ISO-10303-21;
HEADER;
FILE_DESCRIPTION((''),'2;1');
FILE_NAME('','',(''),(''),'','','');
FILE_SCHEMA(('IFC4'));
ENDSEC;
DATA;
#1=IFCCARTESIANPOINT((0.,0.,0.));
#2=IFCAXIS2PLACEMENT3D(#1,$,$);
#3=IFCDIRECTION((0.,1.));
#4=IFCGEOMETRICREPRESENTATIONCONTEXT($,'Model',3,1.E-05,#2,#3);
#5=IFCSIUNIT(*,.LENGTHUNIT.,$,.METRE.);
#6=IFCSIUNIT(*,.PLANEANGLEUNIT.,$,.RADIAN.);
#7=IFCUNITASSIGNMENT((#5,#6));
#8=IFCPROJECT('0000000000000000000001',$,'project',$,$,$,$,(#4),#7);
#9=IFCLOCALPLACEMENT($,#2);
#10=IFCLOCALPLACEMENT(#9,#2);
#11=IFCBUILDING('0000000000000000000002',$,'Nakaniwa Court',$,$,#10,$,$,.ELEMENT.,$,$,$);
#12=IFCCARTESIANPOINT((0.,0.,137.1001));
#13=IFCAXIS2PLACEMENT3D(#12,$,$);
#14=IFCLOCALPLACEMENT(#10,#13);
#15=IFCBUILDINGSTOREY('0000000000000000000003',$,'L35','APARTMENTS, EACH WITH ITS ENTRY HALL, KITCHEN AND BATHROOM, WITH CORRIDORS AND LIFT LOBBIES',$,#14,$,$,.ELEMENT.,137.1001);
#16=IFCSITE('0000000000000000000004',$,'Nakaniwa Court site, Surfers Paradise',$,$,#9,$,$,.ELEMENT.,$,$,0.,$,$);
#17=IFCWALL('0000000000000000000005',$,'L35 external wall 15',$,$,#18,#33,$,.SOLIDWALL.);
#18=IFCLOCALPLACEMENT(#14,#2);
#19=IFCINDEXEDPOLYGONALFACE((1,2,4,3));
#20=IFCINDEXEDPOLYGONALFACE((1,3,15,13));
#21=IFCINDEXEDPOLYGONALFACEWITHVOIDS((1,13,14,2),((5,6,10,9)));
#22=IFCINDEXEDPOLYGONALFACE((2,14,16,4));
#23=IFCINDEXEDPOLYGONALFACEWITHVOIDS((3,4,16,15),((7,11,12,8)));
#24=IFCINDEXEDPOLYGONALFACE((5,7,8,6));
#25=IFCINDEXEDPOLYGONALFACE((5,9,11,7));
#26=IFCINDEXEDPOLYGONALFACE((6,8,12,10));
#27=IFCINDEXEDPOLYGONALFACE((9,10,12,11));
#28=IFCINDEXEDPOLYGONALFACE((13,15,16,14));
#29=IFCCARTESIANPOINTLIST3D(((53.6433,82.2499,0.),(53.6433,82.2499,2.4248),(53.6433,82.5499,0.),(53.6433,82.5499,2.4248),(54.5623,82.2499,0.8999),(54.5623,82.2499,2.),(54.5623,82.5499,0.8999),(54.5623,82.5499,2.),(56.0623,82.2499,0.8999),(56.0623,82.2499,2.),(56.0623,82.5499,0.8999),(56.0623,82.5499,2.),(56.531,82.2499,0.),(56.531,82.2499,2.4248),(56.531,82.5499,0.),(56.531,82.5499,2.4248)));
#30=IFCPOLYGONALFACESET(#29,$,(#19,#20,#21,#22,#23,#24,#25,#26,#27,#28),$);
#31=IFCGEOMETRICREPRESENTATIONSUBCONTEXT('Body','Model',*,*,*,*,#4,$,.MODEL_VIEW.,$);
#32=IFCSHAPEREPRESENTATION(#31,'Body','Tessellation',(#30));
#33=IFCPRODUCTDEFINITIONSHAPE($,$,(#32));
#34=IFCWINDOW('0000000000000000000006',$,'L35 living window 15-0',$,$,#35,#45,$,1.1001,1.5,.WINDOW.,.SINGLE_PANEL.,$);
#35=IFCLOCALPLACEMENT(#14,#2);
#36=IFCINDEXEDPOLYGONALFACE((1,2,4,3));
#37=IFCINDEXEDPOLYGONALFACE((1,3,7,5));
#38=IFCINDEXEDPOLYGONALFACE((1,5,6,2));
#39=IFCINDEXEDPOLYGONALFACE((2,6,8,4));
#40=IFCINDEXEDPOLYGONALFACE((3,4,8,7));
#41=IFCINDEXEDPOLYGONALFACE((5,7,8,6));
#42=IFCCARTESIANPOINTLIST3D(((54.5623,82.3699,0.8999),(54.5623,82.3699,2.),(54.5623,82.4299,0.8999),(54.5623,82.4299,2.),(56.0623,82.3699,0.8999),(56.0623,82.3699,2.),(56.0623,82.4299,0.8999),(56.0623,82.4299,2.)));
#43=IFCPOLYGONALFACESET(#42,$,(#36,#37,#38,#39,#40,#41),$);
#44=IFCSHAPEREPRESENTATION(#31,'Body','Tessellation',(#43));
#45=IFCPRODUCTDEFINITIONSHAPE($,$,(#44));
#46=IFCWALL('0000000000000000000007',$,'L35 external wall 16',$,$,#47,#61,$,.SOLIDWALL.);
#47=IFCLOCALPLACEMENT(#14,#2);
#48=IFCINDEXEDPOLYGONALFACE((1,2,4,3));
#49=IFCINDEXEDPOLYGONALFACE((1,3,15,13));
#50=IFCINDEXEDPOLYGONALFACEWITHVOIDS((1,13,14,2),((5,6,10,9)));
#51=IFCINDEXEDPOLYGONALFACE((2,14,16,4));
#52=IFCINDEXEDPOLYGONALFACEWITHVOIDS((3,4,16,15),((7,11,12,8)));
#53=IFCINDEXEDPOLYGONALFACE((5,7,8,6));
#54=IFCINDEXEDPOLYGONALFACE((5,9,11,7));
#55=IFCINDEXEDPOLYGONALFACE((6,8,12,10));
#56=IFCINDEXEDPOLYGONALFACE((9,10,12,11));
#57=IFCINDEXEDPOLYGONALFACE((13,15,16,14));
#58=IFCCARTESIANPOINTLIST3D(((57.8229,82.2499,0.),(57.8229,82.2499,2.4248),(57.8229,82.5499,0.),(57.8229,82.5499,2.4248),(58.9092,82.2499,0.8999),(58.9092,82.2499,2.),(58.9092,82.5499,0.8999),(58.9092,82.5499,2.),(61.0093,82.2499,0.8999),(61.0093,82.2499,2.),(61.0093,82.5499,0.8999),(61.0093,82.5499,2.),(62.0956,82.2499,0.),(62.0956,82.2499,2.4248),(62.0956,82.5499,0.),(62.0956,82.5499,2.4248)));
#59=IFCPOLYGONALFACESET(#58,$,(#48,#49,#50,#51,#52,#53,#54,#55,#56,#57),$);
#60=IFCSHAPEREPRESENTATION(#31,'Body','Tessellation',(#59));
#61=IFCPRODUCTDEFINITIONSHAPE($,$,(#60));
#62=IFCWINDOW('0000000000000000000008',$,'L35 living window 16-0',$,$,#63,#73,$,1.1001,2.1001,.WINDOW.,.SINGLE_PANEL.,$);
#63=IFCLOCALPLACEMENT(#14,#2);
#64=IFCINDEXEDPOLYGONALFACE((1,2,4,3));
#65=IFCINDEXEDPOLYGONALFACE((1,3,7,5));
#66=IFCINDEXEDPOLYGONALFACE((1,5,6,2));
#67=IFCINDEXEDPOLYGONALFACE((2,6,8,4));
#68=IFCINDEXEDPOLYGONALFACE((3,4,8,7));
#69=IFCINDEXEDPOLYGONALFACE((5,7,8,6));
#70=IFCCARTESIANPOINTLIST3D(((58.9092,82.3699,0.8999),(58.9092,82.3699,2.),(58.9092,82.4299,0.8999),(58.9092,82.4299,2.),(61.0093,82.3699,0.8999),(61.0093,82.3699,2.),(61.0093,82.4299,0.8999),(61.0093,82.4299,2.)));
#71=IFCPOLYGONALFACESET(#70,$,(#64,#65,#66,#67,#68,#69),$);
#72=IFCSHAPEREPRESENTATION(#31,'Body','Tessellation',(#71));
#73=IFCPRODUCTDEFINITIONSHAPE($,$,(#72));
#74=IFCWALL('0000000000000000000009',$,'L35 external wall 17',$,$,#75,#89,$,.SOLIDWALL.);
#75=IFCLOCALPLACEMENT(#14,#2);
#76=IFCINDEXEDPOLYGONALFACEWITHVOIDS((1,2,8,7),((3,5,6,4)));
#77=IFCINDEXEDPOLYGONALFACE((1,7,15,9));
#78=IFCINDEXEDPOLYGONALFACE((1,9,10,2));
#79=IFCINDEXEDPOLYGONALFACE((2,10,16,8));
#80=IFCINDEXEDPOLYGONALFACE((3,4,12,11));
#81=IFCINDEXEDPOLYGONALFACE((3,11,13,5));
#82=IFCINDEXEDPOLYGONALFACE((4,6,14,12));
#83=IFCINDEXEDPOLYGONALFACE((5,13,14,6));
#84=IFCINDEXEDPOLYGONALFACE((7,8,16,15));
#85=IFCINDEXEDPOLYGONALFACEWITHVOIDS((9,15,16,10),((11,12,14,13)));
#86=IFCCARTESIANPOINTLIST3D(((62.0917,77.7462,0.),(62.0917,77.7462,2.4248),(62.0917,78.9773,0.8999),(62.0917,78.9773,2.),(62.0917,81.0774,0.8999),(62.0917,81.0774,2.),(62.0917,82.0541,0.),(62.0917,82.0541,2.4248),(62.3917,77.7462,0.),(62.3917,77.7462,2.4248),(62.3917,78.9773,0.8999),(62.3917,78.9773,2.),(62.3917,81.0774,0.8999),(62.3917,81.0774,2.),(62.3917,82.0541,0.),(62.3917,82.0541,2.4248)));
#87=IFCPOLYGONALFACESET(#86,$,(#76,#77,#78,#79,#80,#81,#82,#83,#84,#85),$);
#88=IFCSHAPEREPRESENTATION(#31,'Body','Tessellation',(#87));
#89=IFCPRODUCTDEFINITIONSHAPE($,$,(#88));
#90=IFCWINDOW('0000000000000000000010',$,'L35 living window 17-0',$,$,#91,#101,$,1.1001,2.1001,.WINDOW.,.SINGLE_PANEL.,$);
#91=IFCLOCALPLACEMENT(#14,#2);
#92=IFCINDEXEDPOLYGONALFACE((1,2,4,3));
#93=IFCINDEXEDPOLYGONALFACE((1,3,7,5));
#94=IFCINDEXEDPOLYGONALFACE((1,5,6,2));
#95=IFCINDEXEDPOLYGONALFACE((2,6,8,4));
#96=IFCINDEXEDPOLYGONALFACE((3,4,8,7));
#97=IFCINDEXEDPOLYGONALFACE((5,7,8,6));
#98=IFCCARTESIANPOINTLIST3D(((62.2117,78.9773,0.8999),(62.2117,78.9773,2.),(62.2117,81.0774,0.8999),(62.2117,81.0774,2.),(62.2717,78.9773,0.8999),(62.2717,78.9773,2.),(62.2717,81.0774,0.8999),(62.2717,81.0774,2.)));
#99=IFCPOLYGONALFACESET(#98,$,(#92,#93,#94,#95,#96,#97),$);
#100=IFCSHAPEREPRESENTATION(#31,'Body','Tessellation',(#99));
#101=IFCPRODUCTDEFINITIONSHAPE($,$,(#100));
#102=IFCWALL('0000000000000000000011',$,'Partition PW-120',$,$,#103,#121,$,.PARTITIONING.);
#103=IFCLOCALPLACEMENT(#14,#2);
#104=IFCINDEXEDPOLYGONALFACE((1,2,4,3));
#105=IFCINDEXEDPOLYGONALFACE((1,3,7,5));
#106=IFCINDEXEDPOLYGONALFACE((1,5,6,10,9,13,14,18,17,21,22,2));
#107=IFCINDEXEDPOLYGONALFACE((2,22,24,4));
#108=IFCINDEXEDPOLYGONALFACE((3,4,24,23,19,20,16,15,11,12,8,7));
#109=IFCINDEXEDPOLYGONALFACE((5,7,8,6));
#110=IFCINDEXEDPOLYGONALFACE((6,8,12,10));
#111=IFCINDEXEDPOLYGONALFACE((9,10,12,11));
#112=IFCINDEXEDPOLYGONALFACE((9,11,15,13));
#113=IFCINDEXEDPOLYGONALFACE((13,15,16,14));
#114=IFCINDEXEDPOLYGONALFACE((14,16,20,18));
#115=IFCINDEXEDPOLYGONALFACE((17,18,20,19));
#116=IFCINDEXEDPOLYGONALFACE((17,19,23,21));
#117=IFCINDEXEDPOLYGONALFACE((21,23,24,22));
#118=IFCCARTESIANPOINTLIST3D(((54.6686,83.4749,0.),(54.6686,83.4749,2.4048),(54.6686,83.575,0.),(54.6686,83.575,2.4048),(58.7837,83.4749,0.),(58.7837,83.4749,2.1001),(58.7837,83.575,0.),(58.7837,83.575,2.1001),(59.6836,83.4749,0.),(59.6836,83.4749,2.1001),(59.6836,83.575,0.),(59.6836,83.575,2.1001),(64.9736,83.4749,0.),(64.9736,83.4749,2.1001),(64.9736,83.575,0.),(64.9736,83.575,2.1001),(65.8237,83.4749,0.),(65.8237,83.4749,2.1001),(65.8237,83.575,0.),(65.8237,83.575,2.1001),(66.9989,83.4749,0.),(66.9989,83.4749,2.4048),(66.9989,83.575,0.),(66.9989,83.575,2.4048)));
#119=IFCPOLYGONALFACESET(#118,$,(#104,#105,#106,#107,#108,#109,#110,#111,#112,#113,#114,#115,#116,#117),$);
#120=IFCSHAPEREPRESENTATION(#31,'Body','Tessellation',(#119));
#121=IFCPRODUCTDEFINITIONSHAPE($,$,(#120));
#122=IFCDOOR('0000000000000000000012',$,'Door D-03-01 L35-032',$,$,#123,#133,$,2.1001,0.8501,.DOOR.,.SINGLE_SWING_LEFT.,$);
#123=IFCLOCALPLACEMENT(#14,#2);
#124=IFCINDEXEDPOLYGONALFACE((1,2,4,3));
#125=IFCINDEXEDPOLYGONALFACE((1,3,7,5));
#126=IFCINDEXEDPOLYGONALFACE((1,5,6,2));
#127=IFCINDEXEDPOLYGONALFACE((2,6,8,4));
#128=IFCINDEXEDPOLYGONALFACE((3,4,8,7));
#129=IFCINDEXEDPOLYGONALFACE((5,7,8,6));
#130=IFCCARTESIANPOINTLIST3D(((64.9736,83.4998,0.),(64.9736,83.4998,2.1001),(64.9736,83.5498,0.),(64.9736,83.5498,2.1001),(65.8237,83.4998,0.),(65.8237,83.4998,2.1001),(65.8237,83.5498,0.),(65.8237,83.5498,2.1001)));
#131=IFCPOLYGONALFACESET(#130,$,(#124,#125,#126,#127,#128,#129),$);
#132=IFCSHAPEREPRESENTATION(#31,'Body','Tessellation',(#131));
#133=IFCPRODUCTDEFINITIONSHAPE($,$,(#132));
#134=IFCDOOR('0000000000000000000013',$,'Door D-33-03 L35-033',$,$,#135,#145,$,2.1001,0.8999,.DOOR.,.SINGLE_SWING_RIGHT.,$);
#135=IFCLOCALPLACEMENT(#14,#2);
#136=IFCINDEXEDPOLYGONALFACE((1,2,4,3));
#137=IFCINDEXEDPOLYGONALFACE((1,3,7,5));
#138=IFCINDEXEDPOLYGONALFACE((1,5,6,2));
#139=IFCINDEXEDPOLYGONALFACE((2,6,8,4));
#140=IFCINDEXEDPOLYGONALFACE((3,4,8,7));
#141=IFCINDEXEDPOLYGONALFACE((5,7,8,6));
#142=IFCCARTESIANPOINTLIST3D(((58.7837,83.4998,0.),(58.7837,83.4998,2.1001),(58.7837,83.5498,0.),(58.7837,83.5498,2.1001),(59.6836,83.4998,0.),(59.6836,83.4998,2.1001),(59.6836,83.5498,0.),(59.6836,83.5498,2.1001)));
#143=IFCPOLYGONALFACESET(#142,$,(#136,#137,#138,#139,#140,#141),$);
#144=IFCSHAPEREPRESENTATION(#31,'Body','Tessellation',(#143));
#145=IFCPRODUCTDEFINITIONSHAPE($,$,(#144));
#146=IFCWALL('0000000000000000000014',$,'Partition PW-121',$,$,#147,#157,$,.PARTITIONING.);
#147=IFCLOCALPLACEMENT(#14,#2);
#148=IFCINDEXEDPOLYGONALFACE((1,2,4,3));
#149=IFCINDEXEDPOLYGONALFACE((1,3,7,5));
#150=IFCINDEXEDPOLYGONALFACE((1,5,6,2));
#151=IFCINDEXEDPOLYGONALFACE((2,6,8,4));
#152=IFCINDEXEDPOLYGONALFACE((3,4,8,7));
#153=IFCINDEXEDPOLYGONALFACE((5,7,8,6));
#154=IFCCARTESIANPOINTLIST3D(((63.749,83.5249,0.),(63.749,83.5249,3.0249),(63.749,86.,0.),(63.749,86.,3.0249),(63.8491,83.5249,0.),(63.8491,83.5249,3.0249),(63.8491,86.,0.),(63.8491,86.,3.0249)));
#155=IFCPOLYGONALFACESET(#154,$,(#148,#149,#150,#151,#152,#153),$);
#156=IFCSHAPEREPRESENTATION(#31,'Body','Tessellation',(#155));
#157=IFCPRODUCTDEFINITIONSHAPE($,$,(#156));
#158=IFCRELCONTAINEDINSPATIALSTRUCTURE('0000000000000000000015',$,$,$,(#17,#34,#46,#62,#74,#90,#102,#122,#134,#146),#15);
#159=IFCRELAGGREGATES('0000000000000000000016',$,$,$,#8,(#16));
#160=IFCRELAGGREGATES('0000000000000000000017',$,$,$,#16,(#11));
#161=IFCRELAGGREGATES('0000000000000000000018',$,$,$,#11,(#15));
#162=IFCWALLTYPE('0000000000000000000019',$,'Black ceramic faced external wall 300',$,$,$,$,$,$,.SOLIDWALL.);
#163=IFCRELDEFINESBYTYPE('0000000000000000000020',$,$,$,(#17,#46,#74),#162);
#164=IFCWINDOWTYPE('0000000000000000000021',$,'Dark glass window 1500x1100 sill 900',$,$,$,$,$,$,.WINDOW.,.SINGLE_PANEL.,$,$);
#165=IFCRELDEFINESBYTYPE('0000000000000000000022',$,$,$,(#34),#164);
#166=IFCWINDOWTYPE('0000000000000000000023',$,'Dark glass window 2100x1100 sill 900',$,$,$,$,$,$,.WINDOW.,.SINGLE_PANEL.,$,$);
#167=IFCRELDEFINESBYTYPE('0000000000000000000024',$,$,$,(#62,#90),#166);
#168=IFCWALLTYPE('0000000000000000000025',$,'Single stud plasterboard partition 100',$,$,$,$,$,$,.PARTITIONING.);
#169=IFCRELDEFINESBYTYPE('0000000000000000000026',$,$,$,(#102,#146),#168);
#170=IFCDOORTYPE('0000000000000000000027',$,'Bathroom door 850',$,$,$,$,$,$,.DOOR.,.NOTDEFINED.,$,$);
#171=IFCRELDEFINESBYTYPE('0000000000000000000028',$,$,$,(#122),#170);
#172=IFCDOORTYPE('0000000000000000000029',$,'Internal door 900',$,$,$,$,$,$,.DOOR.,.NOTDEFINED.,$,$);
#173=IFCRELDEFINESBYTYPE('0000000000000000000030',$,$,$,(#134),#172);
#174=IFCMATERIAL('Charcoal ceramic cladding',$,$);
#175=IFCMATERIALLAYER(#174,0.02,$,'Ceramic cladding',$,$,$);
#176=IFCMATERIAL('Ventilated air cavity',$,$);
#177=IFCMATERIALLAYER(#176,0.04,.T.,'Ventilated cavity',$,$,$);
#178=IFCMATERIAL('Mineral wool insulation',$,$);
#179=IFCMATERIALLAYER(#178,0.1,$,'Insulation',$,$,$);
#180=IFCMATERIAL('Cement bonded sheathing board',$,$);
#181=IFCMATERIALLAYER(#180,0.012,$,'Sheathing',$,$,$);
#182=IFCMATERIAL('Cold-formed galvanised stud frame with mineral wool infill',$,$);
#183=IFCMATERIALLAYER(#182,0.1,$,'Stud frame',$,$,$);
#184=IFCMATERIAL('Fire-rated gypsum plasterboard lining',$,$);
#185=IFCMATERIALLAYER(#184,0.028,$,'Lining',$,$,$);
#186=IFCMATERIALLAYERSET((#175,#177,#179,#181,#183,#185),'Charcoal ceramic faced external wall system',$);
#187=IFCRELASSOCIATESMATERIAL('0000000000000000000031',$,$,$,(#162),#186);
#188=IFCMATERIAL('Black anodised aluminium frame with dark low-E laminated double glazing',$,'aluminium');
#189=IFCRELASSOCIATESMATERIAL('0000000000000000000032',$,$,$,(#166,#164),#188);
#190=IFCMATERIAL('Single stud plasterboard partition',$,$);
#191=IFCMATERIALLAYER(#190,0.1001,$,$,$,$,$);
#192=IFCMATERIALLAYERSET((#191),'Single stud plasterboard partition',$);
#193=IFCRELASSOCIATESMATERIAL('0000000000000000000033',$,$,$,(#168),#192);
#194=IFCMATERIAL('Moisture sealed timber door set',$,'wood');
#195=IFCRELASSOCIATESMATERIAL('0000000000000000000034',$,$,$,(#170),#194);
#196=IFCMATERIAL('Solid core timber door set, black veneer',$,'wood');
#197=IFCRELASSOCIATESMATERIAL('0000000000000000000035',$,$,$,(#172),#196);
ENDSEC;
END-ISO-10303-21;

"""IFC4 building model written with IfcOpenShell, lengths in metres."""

from ifc_helpers import new_model, si_unit, direction, frame, frame_2d, origin, place, context, subcontext, project, spatial, rectangle, extrude, material, layer, layer_set, type_object, element, fill, save


model = new_model("IFC4")

# Units and contexts
model_context = context("Model", 3, precision=1e-05, world=origin(), true_north=direction((0.0, 1.0)))
body_context = subcontext(model_context, "Body", "Model", "MODEL_VIEW")
ifc_project = project(units=[si_unit("LENGTHUNIT", "METRE"), si_unit("PLANEANGLEUNIT", "RADIAN")], contexts=[model_context])

# Site, building, storey
site_placement = place(None, origin())
site = spatial("IfcSite", under=ifc_project, at=site_placement, Name="Nakaniwa Court site, Surfers Paradise", CompositionType="ELEMENT", RefElevation=0.0)
building_placement = place(site_placement, origin())
building = spatial("IfcBuilding", under=site, at=building_placement, Name="Nakaniwa Court", CompositionType="ELEMENT")
storey_placement = place(building_placement, frame((0.0, 0.0, 137.1001)))
storey = spatial("IfcBuildingStorey", under=building, at=storey_placement, Name="L35", Description="APARTMENTS, EACH WITH ITS ENTRY HALL, KITCHEN AND BATHROOM, WITH CORRIDORS AND LIFT LOBBIES", CompositionType="ELEMENT", Elevation=137.1001)

# Shared definitions
ifc_material_1 = material(Name="Charcoal ceramic cladding")
ifc_layer_1 = layer(ifc_material_1, 0.02, Name="Ceramic cladding")
ifc_material_2 = material(Name="Ventilated air cavity")
ifc_layer_2 = layer(ifc_material_2, 0.04, ventilated=True, Name="Ventilated cavity")
ifc_material_3 = material(Name="Mineral wool insulation")
ifc_layer_3 = layer(ifc_material_3, 0.1, Name="Insulation")
ifc_material_4 = material(Name="Cement bonded sheathing board")
ifc_layer_4 = layer(ifc_material_4, 0.012, Name="Sheathing")
ifc_material_5 = material(Name="Cold-formed galvanised stud frame with mineral wool infill")
ifc_layer_5 = layer(ifc_material_5, 0.1, Name="Stud frame")
ifc_material_6 = material(Name="Fire-rated gypsum plasterboard lining")
ifc_layer_6 = layer(ifc_material_6, 0.028, Name="Lining")
ifc_layer_set_1 = layer_set([ifc_layer_1, ifc_layer_2, ifc_layer_3, ifc_layer_4, ifc_layer_5, ifc_layer_6], Name="Charcoal ceramic faced external wall system")
wall_type_1 = type_object("IfcWallType", Name="Black ceramic faced external wall 300", PredefinedType="SOLIDWALL", material=ifc_layer_set_1)

# Walls, openings, windows
ifc_material_7 = material(Name="Black anodised aluminium frame with dark low-E laminated double glazing", Category="aluminium")
window_type_1 = type_object("IfcWindowType", Name="Dark glass window 2100x1100 sill 900", PartitioningType="SINGLE_PANEL", PredefinedType="WINDOW", material=ifc_material_7)
wall_1_placement = place(storey_placement, frame((53.6433, 82.3999, 0.0), z_axis=(0.0, 0.0, 1.0), x_axis=(1.0, 0.0, 0.0)))
wall_1 = element("IfcWall", 1, at=wall_1_placement, inside=storey, type_object=wall_type_1, Name="L35 external wall 15", PredefinedType="SOLIDWALL", context=body_context, shape_type="SweptSolid", body=[
    extrude(rectangle(XDim=2.8877, YDim=0.3, at=frame_2d((1.4438, 0.0))), origin(), (0.0, 0.0, 1.0), 2.4248),
])
opening_1_placement = place(wall_1_placement, frame((0.9189, 0.0, 0.8999)))
opening_1 = element("IfcOpeningElement", 2, at=opening_1_placement, cuts=wall_1, PredefinedType="OPENING", context=body_context, shape_type="SweptSolid", body=[
    extrude(rectangle(XDim=1.5, YDim=1.1001, at=frame_2d((0.75, 0.55))), frame((0.0, 0.1599, 0.0), z_axis=(0.0, -1.0, 0.0), x_axis=(1.0, 0.0, 0.0)), (0.0, 0.0, 1.0), 0.3201),
])
window_type_2 = type_object("IfcWindowType", Name="Dark glass window 1500x1100 sill 900", PartitioningType="SINGLE_PANEL", PredefinedType="WINDOW", material=ifc_material_7)
window_1_placement = place(opening_1_placement, origin())
window_1 = element("IfcWindow", 3, at=window_1_placement, inside=storey, type_object=window_type_2, Name="L35 living window 15-0", OverallHeight=1.1001, OverallWidth=1.5, PartitioningType="SINGLE_PANEL", PredefinedType="WINDOW", context=body_context, shape_type="SweptSolid", body=[
    extrude(rectangle(XDim=1.5, YDim=1.1001, at=frame_2d((0.75, 0.55))), frame((0.0, 0.03, 0.0), z_axis=(0.0, -1.0, 0.0), x_axis=(1.0, 0.0, 0.0)), (0.0, 0.0, 1.0), 0.0601),
])
fill(opening_1, window_1)
wall_2_placement = place(storey_placement, frame((57.823, 82.3999, 0.0), z_axis=(0.0, 0.0, 1.0), x_axis=(1.0, 0.0, 0.0)))
wall_2 = element("IfcWall", 4, at=wall_2_placement, inside=storey, type_object=wall_type_1, Name="L35 external wall 16", PredefinedType="SOLIDWALL", context=body_context, shape_type="SweptSolid", body=[
    extrude(rectangle(XDim=4.2727, YDim=0.3, at=frame_2d((2.1362, 0.0))), origin(), (0.0, 0.0, 1.0), 2.4248),
])
opening_2_placement = place(wall_2_placement, frame((1.0862, 0.0, 0.8999)))
opening_2 = element("IfcOpeningElement", 5, at=opening_2_placement, cuts=wall_2, PredefinedType="OPENING", context=body_context, shape_type="SweptSolid", body=[
    extrude(rectangle(XDim=2.1001, YDim=1.1001, at=frame_2d((1.05, 0.55))), frame((0.0, 0.1599, 0.0), z_axis=(0.0, -1.0, 0.0), x_axis=(1.0, 0.0, 0.0)), (0.0, 0.0, 1.0), 0.3201),
])
window_2_placement = place(opening_2_placement, origin())
window_2 = element("IfcWindow", 6, at=window_2_placement, inside=storey, type_object=window_type_1, Name="L35 living window 16-0", OverallHeight=1.1001, OverallWidth=2.1001, PartitioningType="SINGLE_PANEL", PredefinedType="WINDOW", context=body_context, shape_type="SweptSolid", body=[
    extrude(rectangle(XDim=2.1001, YDim=1.1001, at=frame_2d((1.05, 0.55))), frame((0.0, 0.03, 0.0), z_axis=(0.0, -1.0, 0.0), x_axis=(1.0, 0.0, 0.0)), (0.0, 0.0, 1.0), 0.0601),
])
fill(opening_2, window_2)
wall_3_placement = place(storey_placement, frame((62.2417, 82.054, 0.0), z_axis=(0.0, 0.0, 1.0), x_axis=(0.0, -1.0, 0.0)))
wall_3 = element("IfcWall", 7, at=wall_3_placement, inside=storey, type_object=wall_type_1, Name="L35 external wall 17", PredefinedType="SOLIDWALL", context=body_context, shape_type="SweptSolid", body=[
    extrude(rectangle(XDim=4.3079, YDim=0.3, at=frame_2d((2.1538, 0.0))), origin(), (0.0, 0.0, 1.0), 2.4248),
])
opening_3_placement = place(wall_3_placement, frame((0.9766, 0.0, 0.8999)))
opening_3 = element("IfcOpeningElement", 8, at=opening_3_placement, cuts=wall_3, PredefinedType="OPENING", context=body_context, shape_type="SweptSolid", body=[
    extrude(rectangle(XDim=2.1001, YDim=1.1001, at=frame_2d((1.05, 0.55))), frame((0.0, 0.1599, 0.0), z_axis=(0.0, -1.0, 0.0), x_axis=(1.0, 0.0, 0.0)), (0.0, 0.0, 1.0), 0.3201),
])
window_3_placement = place(opening_3_placement, origin())
window_3 = element("IfcWindow", 9, at=window_3_placement, inside=storey, type_object=window_type_1, Name="L35 living window 17-0", OverallHeight=1.1001, OverallWidth=2.1001, PartitioningType="SINGLE_PANEL", PredefinedType="WINDOW", context=body_context, shape_type="SweptSolid", body=[
    extrude(rectangle(XDim=2.1001, YDim=1.1001, at=frame_2d((1.05, 0.55))), frame((0.0, 0.03, 0.0), z_axis=(0.0, -1.0, 0.0), x_axis=(1.0, 0.0, 0.0)), (0.0, 0.0, 1.0), 0.0601),
])
fill(opening_3, window_3)

# Wall, openings, doors
ifc_material_8 = material(Name="Single stud plasterboard partition")
ifc_layer_7 = layer(ifc_material_8, 0.1001)
ifc_layer_set_2 = layer_set([ifc_layer_7], Name="Single stud plasterboard partition")
wall_type_2 = type_object("IfcWallType", Name="Single stud plasterboard partition 100", PredefinedType="PARTITIONING", material=ifc_layer_set_2)
wall_4_placement = place(storey_placement, frame((54.6687, 83.5249, 0.0), z_axis=(0.0, 0.0, 1.0), x_axis=(1.0, 0.0, 0.0)))
wall_4 = element("IfcWall", 10, at=wall_4_placement, inside=storey, type_object=wall_type_2, Name="Partition PW-120", PredefinedType="PARTITIONING", context=body_context, shape_type="SweptSolid", body=[
    extrude(rectangle(XDim=12.3303, YDim=0.1001, at=frame_2d((6.165, 0.0))), origin(), (0.0, 0.0, 1.0), 2.4048),
])
opening_4_placement = place(wall_4_placement, frame((10.3049, 0.0, 0.0)))
opening_4 = element("IfcOpeningElement", 11, at=opening_4_placement, cuts=wall_4, PredefinedType="OPENING", context=body_context, shape_type="SweptSolid", body=[
    extrude(rectangle(XDim=0.8501, YDim=2.1001, at=frame_2d((0.425, 1.05))), frame((0.0, 0.0601, 0.0), z_axis=(0.0, -1.0, 0.0), x_axis=(1.0, 0.0, 0.0)), (0.0, 0.0, 1.0), 0.1201),
])
opening_5_placement = place(wall_4_placement, frame((4.115, 0.0, 0.0)))
opening_5 = element("IfcOpeningElement", 12, at=opening_5_placement, cuts=wall_4, PredefinedType="OPENING", context=body_context, shape_type="SweptSolid", body=[
    extrude(rectangle(XDim=0.8999, YDim=2.1001, at=frame_2d((0.45, 1.05))), frame((0.0, 0.0601, 0.0), z_axis=(0.0, -1.0, 0.0), x_axis=(1.0, 0.0, 0.0)), (0.0, 0.0, 1.0), 0.1201),
])
ifc_material_9 = material(Name="Moisture sealed timber door set", Category="wood")
door_type_1 = type_object("IfcDoorType", Name="Bathroom door 850", OperationType="NOTDEFINED", PredefinedType="DOOR", material=ifc_material_9)
door_1_placement = place(opening_4_placement, origin())
door_1 = element("IfcDoor", 13, at=door_1_placement, inside=storey, type_object=door_type_1, Name="Door D-03-01 L35-032", OperationType="SINGLE_SWING_LEFT", OverallHeight=2.1001, OverallWidth=0.8501, PredefinedType="DOOR", context=body_context, shape_type="SweptSolid", body=[
    extrude(rectangle(XDim=0.8501, YDim=2.1001, at=frame_2d((0.425, 1.05))), frame((0.0, 0.0249, 0.0), z_axis=(0.0, -1.0, 0.0), x_axis=(1.0, 0.0, 0.0)), (0.0, 0.0, 1.0), 0.05),
])
fill(opening_4, door_1)
ifc_material_10 = material(Name="Solid core timber door set, black veneer", Category="wood")
door_type_2 = type_object("IfcDoorType", Name="Internal door 900", OperationType="NOTDEFINED", PredefinedType="DOOR", material=ifc_material_10)
door_2_placement = place(opening_5_placement, origin())
door_2 = element("IfcDoor", 14, at=door_2_placement, inside=storey, type_object=door_type_2, Name="Door D-33-03 L35-033", OperationType="SINGLE_SWING_RIGHT", OverallHeight=2.1001, OverallWidth=0.8999, PredefinedType="DOOR", context=body_context, shape_type="SweptSolid", body=[
    extrude(rectangle(XDim=0.8999, YDim=2.1001, at=frame_2d((0.45, 1.05))), frame((0.0, 0.0249, 0.0), z_axis=(0.0, -1.0, 0.0), x_axis=(1.0, 0.0, 0.0)), (0.0, 0.0, 1.0), 0.05),
])
fill(opening_5, door_2)

# Wall
wall_5_placement = place(storey_placement, frame((63.7991, 83.5249, 0.0), z_axis=(0.0, 0.0, 1.0), x_axis=(0.0, 1.0, 0.0)))
element("IfcWall", 15, at=wall_5_placement, inside=storey, type_object=wall_type_2, Name="Partition PW-121", PredefinedType="PARTITIONING", context=body_context, shape_type="SweptSolid", body=[
    extrude(rectangle(XDim=2.4751, YDim=0.1001, at=frame_2d((1.2375, 0.0))), origin(), (0.0, 0.0, 1.0), 3.0249),
])

save(model, "model.ifc")
